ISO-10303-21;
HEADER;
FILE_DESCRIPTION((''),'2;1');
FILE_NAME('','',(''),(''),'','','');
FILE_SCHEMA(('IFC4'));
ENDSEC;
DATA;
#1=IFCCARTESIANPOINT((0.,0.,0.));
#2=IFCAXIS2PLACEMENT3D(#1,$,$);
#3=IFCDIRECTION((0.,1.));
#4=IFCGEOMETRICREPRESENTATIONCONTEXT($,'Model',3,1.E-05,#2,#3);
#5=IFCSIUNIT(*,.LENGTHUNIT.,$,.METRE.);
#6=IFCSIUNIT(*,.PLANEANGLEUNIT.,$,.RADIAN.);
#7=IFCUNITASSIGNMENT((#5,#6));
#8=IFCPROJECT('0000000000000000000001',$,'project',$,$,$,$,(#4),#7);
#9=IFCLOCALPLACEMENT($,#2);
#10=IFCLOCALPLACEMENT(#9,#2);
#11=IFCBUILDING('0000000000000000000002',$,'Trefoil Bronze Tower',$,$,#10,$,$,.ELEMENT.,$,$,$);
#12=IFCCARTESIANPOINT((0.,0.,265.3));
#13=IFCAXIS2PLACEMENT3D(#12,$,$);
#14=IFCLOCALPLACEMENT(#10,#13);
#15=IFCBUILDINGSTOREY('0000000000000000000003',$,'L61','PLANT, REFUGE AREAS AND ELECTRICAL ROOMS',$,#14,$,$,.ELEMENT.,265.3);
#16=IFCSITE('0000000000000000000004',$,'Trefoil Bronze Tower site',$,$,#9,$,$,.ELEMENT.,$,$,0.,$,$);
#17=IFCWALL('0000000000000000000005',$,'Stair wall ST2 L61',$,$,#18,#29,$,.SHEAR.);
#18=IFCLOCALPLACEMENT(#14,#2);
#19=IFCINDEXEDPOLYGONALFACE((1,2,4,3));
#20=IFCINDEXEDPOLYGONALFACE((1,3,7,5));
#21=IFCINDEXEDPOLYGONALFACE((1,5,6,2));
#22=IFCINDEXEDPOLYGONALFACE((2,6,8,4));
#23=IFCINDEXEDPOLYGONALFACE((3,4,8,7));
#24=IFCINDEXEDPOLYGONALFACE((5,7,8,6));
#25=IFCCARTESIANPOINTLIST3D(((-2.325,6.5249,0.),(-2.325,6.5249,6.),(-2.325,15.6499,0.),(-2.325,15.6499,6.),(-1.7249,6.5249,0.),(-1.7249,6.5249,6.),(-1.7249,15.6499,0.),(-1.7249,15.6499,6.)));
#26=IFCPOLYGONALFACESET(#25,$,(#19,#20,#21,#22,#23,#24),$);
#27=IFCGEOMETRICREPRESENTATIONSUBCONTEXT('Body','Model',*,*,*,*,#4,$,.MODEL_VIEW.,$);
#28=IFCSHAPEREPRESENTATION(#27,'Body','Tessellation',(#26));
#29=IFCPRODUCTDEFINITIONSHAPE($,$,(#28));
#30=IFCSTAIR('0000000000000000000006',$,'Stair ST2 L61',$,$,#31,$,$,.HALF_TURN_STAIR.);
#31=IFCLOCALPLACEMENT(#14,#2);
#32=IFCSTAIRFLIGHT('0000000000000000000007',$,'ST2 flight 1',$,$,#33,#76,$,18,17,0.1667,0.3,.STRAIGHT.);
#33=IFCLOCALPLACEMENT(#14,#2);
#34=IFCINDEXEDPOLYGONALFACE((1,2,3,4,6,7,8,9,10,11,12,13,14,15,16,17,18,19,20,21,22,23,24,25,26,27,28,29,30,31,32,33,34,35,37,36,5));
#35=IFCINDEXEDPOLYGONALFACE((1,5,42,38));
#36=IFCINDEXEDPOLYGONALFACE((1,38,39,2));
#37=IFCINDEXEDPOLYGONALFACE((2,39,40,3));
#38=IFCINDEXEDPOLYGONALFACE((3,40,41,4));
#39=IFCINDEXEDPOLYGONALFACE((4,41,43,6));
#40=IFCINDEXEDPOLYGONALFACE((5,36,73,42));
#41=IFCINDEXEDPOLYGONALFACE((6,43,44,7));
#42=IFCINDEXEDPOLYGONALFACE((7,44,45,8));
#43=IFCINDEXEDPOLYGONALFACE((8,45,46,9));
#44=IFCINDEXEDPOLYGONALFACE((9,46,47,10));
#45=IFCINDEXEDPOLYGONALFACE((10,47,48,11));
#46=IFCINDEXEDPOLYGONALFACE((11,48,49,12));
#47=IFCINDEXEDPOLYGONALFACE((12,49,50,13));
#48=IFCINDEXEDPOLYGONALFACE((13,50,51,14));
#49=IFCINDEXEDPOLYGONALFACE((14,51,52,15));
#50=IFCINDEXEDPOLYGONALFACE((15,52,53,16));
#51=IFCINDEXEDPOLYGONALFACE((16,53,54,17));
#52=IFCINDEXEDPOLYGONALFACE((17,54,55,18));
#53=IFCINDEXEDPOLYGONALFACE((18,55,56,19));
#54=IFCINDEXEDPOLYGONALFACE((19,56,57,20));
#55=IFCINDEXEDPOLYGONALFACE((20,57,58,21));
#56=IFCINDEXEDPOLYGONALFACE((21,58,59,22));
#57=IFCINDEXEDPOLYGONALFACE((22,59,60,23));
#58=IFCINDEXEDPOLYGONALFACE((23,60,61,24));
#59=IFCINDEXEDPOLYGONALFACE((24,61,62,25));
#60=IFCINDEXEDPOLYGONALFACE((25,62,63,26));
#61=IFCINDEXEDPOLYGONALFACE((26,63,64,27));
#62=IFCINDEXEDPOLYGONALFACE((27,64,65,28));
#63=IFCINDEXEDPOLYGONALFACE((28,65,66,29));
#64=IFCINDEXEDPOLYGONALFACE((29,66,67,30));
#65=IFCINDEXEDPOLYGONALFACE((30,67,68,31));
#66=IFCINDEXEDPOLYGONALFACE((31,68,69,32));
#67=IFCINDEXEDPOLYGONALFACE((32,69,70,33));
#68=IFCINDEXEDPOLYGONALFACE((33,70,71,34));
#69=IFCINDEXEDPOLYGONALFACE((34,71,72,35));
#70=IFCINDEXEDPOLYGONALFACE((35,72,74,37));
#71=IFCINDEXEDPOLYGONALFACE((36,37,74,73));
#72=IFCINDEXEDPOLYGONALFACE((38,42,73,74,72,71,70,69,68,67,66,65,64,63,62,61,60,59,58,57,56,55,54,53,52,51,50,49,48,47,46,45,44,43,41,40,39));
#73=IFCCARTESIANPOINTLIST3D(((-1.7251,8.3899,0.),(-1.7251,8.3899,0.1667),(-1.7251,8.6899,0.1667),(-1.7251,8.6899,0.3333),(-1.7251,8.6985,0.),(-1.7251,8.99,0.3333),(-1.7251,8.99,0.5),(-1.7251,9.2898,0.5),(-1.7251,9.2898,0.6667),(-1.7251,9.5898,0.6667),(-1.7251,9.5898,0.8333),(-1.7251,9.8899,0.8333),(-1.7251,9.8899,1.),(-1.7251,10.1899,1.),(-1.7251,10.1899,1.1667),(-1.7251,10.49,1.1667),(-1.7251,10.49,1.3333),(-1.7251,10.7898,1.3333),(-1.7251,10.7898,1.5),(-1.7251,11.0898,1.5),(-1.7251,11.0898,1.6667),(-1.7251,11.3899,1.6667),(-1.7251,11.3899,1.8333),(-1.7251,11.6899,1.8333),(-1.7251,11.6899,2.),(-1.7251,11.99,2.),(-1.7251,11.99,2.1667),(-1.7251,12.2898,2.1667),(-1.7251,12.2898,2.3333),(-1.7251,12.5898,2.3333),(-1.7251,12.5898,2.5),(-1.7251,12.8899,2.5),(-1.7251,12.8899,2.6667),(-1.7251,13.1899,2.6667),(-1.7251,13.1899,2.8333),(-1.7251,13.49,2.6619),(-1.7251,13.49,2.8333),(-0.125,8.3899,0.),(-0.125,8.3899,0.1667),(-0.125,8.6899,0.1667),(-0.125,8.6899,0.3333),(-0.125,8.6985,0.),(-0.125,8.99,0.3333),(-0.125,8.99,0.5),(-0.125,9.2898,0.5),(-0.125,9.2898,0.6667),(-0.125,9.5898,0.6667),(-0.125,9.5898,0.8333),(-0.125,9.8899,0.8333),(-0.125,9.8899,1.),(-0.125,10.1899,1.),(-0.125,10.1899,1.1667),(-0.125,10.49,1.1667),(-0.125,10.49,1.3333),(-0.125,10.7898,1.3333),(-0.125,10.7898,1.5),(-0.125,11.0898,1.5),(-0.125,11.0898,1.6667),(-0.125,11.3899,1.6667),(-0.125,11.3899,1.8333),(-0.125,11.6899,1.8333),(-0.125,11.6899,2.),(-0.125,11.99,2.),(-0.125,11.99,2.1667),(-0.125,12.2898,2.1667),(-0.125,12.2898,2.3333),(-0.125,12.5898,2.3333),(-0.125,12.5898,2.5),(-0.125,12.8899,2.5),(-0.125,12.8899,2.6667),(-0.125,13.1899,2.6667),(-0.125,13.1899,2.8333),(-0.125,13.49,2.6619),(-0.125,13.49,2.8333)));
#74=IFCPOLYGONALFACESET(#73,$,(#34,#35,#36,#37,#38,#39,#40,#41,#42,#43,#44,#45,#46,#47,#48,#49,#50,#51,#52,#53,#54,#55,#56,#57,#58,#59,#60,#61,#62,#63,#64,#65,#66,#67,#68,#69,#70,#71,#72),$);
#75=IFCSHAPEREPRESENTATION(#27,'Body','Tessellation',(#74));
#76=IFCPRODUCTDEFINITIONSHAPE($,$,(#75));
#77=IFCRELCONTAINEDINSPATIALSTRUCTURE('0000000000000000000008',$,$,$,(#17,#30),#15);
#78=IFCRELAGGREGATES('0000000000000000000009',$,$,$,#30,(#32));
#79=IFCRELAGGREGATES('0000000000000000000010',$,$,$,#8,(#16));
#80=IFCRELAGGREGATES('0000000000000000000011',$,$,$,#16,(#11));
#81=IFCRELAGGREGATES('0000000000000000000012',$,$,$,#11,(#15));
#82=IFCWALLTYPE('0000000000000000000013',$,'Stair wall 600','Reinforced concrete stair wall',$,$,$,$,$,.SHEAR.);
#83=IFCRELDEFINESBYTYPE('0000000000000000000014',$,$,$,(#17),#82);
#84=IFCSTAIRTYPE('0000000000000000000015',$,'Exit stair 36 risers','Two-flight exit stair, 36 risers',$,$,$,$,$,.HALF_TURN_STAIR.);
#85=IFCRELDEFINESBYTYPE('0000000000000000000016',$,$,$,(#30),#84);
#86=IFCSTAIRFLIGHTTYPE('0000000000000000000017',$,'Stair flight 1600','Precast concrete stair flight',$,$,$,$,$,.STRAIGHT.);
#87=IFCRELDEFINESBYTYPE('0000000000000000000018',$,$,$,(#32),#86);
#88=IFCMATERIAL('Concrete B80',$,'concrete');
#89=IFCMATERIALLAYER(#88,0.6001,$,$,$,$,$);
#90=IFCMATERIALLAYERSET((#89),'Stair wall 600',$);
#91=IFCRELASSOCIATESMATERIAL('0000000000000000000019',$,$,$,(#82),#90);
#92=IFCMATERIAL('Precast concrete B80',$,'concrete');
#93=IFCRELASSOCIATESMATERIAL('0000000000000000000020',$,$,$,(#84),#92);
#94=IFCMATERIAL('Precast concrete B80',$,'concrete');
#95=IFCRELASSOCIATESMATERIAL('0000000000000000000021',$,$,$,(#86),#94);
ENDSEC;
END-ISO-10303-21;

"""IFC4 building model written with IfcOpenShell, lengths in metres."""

from ifc_helpers import new_model, si_unit, direction, frame, frame_2d, origin, place, context, subcontext, project, spatial, polyline, rectangle, outline, extrude, material, layer, layer_set, type_object, element, aggregate, save


model = new_model("IFC4")

# Units and contexts
model_context = context("Model", 3, precision=1e-05, world=origin(), true_north=direction((0.0, 1.0)))
body_context = subcontext(model_context, "Body", "Model", "MODEL_VIEW")
ifc_project = project(units=[si_unit("LENGTHUNIT", "METRE"), si_unit("PLANEANGLEUNIT", "RADIAN")], contexts=[model_context])

# Site, building, storey
site_placement = place(None, origin())
site = spatial("IfcSite", under=ifc_project, at=site_placement, Name="Trefoil Bronze Tower site", CompositionType="ELEMENT", RefElevation=0.0)
building_placement = place(site_placement, origin())
building = spatial("IfcBuilding", under=site, at=building_placement, Name="Trefoil Bronze Tower", CompositionType="ELEMENT")
storey_placement = place(building_placement, frame((0.0, 0.0, 265.3)))
storey = spatial("IfcBuildingStorey", under=building, at=storey_placement, Name="L61", Description="PLANT, REFUGE AREAS AND ELECTRICAL ROOMS", CompositionType="ELEMENT", Elevation=265.3)

# Wall
ifc_material_1 = material(Name="Concrete B80", Category="concrete")
ifc_layer_1 = layer(ifc_material_1, 0.6001)
ifc_layer_set_1 = layer_set([ifc_layer_1], Name="Stair wall 600")
wall_type_1 = type_object("IfcWallType", Name="Stair wall 600", Description="Reinforced concrete stair wall", PredefinedType="SHEAR", material=ifc_layer_set_1)
wall_1_placement = place(storey_placement, frame((-2.0249, 6.5249, 0.0), z_axis=(0.0, 0.0, 1.0), x_axis=(0.0, 1.0, 0.0)))
element("IfcWall", 1, at=wall_1_placement, inside=storey, type_object=wall_type_1, Name="Stair wall ST2 L61", PredefinedType="SHEAR", context=body_context, shape_type="SweptSolid", body=[
    extrude(rectangle(XDim=9.125, YDim=0.6001, at=frame_2d((4.5625, 0.0))), origin(), (0.0, 0.0, 1.0), 6.0),
])

# Stair, stair flight
ifc_material_2 = material(Name="Precast concrete B80", Category="concrete")
stair_type = type_object("IfcStairType", Name="Exit stair 36 risers", Description="Two-flight exit stair, 36 risers", PredefinedType="HALF_TURN_STAIR", material=ifc_material_2)
stair_placement = place(storey_placement, origin())
stair = element("IfcStair", 2, at=stair_placement, inside=storey, type_object=stair_type, Name="Stair ST2 L61", PredefinedType="HALF_TURN_STAIR")
ifc_material_3 = material(Name="Precast concrete B80", Category="concrete")
stair_flight_type = type_object("IfcStairFlightType", Name="Stair flight 1600", Description="Precast concrete stair flight", PredefinedType="STRAIGHT", material=ifc_material_3)
stair_flight_placement = place(storey_placement, frame((-0.925, 8.3899, 0.0), z_axis=(0.0, 0.0, 1.0), x_axis=(0.0, 1.0, 0.0)))
stair_flight = element("IfcStairFlight", 3, at=stair_flight_placement, type_object=stair_flight_type, Name="ST2 flight 1", NumberOfRisers=18, NumberOfTreads=17, PredefinedType="STRAIGHT", RiserHeight=0.1667, TreadLength=0.3, context=body_context, shape_type="SweptSolid", body=[
    extrude(outline(polyline([(0.0, 0.0), (0.0, 0.1667), (0.3, 0.1667), (0.3, 0.3333), (0.6001, 0.3333), (0.6001, 0.5), (0.8999, 0.5), (0.8999, 0.6667), (1.2, 0.6667), (1.2, 0.8333), (1.5, 0.8333), (1.5, 1.0), (1.8, 1.0), (1.8, 1.1667), (2.1001, 1.1667), (2.1001, 1.3333), (2.3999, 1.3333), (2.3999, 1.5), (2.7, 1.5), (2.7, 1.6667), (3.0, 1.6667), (3.0, 1.8333), (3.3, 1.8333), (3.3, 2.0), (3.6001, 2.0), (3.6001, 2.1667), (3.8999, 2.1667), (3.8999, 2.3333), (4.2, 2.3333), (4.2, 2.5), (4.5, 2.5), (4.5, 2.6667), (4.8, 2.6667), (4.8, 2.8333), (5.1001, 2.8333), (5.1001, 3.0), (5.1001, 2.6619), (0.3086, 0.0), (0.0, 0.0)])), frame((0.0, 0.8, 0.0), z_axis=(0.0, -1.0, 0.0), x_axis=(1.0, 0.0, 0.0)), (0.0, 0.0, 1.0), 1.6001),
])
aggregate(stair, [stair_flight])

save(model, "model.ifc")
